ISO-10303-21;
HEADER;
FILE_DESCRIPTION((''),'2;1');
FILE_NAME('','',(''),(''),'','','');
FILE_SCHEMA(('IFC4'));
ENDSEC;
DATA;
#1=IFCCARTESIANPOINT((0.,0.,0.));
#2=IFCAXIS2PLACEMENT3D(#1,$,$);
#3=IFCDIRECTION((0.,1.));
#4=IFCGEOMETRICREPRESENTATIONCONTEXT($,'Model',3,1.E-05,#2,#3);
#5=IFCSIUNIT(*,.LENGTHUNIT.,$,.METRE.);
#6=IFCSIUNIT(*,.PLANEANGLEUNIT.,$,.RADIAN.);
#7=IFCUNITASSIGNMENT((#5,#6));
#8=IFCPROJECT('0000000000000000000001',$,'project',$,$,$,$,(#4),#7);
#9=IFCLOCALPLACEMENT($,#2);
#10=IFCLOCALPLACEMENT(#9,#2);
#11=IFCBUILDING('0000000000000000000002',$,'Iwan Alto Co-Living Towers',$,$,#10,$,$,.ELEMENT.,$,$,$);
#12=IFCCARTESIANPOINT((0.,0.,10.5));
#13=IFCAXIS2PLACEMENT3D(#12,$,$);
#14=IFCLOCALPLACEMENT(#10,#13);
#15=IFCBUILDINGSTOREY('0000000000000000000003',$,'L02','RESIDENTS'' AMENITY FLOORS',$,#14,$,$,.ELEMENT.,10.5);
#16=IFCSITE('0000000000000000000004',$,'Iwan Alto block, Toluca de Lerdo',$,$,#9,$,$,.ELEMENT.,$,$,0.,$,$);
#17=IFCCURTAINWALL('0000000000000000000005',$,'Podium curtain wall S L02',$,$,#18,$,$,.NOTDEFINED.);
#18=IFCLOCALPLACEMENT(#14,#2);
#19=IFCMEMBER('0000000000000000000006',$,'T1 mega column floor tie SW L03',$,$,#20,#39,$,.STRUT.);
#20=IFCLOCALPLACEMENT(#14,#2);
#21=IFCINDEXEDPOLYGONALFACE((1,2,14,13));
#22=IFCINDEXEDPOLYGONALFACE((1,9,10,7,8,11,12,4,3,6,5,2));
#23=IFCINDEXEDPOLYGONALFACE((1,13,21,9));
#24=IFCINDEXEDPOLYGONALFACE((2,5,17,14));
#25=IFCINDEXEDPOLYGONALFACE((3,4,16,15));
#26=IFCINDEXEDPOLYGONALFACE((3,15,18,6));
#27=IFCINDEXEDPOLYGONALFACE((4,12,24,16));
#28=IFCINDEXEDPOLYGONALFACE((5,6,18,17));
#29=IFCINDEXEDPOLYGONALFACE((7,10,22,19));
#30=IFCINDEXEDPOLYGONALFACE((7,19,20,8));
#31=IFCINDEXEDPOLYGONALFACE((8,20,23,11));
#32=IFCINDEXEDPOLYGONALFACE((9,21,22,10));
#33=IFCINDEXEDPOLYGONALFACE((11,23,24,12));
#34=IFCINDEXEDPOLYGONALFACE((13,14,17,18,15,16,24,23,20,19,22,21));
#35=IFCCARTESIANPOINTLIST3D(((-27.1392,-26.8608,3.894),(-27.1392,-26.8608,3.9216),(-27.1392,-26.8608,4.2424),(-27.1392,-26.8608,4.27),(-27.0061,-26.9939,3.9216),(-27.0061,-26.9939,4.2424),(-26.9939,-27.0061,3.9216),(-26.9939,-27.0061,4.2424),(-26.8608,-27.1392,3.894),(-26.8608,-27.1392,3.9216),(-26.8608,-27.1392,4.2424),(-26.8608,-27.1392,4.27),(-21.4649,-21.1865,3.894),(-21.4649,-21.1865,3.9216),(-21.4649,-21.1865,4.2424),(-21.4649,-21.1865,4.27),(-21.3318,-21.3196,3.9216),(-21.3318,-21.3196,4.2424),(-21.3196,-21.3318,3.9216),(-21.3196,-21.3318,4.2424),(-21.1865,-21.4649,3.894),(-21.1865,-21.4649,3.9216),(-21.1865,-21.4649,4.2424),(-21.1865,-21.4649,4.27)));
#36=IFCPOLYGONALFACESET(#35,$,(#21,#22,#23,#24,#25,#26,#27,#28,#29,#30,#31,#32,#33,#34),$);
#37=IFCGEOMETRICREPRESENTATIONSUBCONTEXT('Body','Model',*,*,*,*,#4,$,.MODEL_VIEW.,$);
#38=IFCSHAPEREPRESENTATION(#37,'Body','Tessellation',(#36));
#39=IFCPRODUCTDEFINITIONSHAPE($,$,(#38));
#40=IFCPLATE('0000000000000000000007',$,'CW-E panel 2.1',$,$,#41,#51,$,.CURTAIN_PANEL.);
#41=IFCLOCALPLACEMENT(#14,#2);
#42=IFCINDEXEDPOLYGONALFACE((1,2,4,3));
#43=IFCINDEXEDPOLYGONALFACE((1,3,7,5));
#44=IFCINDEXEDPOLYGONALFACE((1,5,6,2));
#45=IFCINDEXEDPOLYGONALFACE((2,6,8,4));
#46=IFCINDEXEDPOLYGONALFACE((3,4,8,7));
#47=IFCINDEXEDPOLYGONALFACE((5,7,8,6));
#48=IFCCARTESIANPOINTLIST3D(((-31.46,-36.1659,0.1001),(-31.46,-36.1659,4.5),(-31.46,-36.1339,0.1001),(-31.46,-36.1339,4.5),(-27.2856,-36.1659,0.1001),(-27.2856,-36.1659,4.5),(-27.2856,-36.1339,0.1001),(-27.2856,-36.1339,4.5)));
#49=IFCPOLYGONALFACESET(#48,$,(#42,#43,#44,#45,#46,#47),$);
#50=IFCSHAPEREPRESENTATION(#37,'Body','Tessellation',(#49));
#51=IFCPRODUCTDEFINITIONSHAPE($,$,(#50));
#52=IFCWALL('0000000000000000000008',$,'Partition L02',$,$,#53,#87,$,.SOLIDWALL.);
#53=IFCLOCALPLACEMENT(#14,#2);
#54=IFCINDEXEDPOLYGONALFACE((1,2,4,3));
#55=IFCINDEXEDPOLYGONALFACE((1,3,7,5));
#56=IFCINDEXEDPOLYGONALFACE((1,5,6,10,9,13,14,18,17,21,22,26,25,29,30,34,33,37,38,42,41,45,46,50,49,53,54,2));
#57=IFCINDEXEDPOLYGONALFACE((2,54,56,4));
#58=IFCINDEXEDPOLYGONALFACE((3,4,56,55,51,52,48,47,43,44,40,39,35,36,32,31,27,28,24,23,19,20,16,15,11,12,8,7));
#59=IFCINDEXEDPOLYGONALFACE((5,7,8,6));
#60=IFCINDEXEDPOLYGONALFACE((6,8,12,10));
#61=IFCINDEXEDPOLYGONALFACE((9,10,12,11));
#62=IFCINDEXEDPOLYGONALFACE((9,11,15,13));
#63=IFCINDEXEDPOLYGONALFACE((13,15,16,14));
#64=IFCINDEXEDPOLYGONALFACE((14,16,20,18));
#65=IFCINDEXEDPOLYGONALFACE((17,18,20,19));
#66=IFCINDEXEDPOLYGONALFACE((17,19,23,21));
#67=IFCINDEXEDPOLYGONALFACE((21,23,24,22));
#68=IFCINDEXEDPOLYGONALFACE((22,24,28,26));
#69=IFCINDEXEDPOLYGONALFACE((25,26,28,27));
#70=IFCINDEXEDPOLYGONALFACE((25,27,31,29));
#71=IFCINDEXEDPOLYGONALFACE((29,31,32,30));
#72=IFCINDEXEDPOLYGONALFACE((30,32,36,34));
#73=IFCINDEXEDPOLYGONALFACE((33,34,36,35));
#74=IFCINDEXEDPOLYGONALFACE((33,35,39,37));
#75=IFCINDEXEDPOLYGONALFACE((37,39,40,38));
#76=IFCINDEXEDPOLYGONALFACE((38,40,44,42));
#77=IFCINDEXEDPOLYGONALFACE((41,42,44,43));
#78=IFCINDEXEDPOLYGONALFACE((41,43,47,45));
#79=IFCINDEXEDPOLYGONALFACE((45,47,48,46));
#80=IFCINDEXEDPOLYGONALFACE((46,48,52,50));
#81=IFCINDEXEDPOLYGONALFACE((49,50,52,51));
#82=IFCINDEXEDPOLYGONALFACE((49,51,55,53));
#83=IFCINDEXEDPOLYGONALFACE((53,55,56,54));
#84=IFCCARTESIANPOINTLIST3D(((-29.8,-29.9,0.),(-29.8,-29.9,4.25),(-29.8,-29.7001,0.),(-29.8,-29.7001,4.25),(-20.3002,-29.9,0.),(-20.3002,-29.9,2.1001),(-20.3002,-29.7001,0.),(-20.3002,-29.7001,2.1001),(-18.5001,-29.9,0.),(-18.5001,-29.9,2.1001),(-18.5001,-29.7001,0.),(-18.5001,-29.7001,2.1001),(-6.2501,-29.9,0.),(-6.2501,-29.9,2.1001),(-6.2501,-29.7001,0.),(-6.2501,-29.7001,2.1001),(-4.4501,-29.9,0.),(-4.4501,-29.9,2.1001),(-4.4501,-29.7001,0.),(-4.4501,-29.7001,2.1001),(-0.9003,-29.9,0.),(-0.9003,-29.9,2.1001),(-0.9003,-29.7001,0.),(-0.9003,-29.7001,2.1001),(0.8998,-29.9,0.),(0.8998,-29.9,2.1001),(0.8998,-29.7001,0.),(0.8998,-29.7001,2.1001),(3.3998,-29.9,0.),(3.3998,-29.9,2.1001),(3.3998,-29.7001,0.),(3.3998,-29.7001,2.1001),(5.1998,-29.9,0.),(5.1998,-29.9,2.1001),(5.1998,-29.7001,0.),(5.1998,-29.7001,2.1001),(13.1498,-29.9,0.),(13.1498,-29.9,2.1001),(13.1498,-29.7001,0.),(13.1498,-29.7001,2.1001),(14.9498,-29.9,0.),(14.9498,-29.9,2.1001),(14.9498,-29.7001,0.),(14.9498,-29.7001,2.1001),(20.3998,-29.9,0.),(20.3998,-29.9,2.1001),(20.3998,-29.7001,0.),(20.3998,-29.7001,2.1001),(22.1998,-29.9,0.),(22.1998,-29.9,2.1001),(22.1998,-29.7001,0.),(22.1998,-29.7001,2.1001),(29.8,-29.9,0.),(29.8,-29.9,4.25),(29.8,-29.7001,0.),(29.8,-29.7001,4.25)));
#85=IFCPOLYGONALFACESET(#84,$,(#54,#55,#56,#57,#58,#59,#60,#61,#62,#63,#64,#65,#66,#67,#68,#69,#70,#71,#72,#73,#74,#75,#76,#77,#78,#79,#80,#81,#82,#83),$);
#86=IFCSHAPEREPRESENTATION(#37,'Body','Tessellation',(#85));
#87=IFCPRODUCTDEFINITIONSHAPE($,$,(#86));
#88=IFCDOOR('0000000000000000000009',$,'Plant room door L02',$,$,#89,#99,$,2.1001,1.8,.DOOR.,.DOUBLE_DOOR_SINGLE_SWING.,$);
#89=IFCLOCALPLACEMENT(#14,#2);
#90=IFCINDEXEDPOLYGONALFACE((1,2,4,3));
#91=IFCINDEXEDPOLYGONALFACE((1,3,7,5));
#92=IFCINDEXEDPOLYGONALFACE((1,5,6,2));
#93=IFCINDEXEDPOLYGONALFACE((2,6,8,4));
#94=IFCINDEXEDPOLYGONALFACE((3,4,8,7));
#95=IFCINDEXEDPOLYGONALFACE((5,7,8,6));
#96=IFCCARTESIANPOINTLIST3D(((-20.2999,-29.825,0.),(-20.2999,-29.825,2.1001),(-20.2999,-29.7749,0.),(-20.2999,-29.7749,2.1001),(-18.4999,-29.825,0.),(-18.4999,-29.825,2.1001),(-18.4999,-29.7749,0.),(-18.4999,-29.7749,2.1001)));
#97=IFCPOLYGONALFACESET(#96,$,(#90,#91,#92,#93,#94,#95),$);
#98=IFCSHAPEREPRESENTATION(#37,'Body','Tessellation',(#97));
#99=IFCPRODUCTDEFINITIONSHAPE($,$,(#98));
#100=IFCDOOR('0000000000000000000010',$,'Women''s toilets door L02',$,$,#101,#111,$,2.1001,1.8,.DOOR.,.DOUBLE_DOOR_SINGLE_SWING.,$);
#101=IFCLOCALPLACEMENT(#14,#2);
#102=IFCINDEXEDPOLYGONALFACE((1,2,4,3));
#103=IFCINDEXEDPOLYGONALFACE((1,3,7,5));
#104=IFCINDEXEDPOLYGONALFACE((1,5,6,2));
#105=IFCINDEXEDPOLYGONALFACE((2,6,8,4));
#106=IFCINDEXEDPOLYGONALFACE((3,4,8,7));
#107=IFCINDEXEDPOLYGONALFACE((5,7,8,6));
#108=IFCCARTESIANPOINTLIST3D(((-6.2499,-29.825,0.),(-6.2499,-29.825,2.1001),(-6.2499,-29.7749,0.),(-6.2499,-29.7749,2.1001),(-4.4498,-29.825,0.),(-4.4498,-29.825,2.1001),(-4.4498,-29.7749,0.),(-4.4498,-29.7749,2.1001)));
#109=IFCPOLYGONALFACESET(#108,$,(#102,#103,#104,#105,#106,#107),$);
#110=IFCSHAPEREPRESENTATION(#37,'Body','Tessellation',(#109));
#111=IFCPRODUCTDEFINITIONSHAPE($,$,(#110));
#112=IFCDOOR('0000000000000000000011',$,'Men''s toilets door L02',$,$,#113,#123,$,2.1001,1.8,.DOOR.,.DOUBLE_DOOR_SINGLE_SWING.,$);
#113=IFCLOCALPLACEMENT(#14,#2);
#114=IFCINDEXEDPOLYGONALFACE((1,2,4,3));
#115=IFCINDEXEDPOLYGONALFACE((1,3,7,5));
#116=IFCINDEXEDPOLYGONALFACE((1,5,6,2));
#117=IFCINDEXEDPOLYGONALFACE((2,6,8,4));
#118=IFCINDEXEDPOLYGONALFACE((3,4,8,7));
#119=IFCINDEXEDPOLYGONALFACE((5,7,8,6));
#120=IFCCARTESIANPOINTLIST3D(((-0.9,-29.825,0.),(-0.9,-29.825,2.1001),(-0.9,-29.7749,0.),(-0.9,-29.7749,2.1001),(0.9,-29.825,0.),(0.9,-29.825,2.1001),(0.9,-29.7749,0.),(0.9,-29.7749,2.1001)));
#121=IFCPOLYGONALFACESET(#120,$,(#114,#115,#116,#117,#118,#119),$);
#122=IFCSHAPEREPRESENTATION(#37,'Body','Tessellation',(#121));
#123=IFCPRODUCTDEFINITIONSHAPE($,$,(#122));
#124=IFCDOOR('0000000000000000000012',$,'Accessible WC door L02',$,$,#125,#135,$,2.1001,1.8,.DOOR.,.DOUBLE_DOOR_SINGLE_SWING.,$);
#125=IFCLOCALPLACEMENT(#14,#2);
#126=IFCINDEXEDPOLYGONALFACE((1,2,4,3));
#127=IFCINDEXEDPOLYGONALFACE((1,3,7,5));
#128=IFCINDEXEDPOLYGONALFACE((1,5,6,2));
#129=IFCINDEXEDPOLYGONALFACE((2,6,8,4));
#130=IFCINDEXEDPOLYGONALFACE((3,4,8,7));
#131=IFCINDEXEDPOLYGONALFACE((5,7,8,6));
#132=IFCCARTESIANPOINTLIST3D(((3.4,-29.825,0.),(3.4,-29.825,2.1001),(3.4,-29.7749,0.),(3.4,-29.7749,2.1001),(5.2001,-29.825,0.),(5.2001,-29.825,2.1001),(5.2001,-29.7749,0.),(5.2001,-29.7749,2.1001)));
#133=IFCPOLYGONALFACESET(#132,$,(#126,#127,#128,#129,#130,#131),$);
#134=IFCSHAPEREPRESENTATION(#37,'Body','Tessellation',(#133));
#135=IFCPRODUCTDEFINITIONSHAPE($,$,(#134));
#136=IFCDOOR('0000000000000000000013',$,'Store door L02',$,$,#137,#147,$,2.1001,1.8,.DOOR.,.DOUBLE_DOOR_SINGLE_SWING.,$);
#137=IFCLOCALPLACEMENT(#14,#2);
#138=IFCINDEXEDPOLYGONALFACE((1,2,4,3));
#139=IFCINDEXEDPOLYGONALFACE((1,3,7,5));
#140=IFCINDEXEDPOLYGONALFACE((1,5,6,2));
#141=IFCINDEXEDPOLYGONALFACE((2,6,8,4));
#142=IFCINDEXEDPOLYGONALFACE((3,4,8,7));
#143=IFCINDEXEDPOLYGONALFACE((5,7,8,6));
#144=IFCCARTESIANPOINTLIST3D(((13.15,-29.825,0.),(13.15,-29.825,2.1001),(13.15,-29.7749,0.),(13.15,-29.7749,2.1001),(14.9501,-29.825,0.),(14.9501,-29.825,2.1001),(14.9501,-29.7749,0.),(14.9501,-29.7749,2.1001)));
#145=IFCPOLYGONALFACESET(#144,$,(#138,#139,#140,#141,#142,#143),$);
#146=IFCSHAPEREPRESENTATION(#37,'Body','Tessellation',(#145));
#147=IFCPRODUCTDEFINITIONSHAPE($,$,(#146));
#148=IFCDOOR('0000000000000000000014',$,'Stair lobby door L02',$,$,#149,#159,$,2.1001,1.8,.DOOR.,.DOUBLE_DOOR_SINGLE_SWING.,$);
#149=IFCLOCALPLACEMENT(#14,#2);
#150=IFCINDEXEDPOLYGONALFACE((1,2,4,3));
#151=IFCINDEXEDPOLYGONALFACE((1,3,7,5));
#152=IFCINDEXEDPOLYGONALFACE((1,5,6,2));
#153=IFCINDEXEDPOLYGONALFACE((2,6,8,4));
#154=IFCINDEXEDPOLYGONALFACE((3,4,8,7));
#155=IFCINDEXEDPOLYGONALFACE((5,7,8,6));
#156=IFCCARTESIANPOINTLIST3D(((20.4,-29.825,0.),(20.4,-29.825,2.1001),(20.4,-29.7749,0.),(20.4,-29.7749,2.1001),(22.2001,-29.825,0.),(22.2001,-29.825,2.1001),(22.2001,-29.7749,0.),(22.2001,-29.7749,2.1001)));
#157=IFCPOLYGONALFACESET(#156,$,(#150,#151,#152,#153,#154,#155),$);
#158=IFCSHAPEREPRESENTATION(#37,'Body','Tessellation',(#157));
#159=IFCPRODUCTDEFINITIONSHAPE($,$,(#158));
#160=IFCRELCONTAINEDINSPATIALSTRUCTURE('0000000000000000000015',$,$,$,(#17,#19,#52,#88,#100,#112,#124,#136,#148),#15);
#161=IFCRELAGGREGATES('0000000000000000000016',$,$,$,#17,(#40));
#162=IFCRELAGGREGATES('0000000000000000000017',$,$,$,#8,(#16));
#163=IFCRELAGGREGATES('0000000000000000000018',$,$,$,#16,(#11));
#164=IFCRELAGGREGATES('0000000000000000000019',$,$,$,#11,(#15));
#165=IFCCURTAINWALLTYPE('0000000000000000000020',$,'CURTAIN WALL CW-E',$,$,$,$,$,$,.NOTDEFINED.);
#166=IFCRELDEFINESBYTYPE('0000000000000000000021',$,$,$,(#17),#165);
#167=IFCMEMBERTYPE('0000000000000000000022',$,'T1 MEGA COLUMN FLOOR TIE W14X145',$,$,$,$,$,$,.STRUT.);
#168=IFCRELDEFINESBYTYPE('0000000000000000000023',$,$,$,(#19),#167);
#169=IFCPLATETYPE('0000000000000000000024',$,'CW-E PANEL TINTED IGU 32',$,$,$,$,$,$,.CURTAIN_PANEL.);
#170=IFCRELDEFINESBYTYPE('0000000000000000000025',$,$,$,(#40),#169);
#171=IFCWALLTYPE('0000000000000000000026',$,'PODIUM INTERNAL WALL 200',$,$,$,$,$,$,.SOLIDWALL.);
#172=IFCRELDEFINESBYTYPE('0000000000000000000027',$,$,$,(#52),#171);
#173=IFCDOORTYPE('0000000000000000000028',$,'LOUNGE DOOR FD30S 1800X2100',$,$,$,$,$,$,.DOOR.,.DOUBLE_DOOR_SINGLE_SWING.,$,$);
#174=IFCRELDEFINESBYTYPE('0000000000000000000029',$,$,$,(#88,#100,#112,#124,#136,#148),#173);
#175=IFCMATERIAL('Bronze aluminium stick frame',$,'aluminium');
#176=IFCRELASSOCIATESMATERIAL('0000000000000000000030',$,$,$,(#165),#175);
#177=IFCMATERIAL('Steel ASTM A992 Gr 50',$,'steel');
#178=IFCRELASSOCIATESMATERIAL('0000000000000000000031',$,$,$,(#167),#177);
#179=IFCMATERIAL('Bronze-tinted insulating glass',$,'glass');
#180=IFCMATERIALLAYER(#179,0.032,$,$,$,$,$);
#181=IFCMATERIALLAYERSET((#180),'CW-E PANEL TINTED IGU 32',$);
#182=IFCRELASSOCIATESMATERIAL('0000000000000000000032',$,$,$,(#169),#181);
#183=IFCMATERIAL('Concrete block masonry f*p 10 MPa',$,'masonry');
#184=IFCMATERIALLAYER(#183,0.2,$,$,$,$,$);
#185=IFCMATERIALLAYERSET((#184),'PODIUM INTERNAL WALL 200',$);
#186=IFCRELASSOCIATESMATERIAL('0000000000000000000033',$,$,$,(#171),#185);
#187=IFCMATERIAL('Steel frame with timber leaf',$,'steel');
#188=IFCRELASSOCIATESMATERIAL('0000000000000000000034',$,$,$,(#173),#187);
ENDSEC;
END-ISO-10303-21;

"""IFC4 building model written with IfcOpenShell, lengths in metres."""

from ifc_helpers import new_model, si_unit, direction, frame, frame_2d, origin, origin_2d, place, context, subcontext, project, spatial, rectangle, i_section, extrude, material, layer, layer_set, material_profile, profile_set, type_object, element, fill, aggregate, save


model = new_model("IFC4")

# Units and contexts
model_context = context("Model", 3, precision=1e-05, world=origin(), true_north=direction((0.0, 1.0)))
body_context = subcontext(model_context, "Body", "Model", "MODEL_VIEW")
ifc_project = project(units=[si_unit("LENGTHUNIT", "METRE"), si_unit("PLANEANGLEUNIT", "RADIAN")], contexts=[model_context])

# Site, building, storey
site_placement = place(None, origin())
site = spatial("IfcSite", under=ifc_project, at=site_placement, Name="Iwan Alto block, Toluca de Lerdo", CompositionType="ELEMENT", RefElevation=0.0)
building_placement = place(site_placement, origin())
building = spatial("IfcBuilding", under=site, at=building_placement, Name="Iwan Alto Co-Living Towers", CompositionType="ELEMENT")
storey_placement = place(building_placement, frame((0.0, 0.0, 10.5)))
storey = spatial("IfcBuildingStorey", under=building, at=storey_placement, Name="L02", Description="RESIDENTS' AMENITY FLOORS", CompositionType="ELEMENT", Elevation=10.5)

# Curtain wall
ifc_material_1 = material(Name="Bronze aluminium stick frame", Category="aluminium")
curtain_wall_type = type_object("IfcCurtainWallType", Name="CURTAIN WALL CW-E", PredefinedType="NOTDEFINED", material=ifc_material_1)
curtain_wall_1_placement = place(storey_placement, origin())
curtain_wall_1 = element("IfcCurtainWall", 1, at=curtain_wall_1_placement, inside=storey, type_object=curtain_wall_type, Name="Podium curtain wall S L02", PredefinedType="NOTDEFINED")

# Member
ifc_material_2 = material(Name="Steel ASTM A992 Gr 50", Category="steel")
ifc_material_profile_1 = material_profile(ifc_material_2, i_section(OverallWidth=0.3938, OverallDepth=0.376, WebThickness=0.0173, FlangeThickness=0.0276, at=origin_2d()), Name="W14X145")
ifc_profile_set_1 = profile_set([ifc_material_profile_1], Name="Steel ASTM A992 Gr 50")
member_type_1 = type_object("IfcMemberType", Name="T1 MEGA COLUMN FLOOR TIE W14X145", PredefinedType="STRUT", material=ifc_profile_set_1)
member_1_placement = place(storey_placement, frame((-27.0, -27.0, 4.082), z_axis=(0.707107, 0.707107, 0.0), x_axis=(-0.707107, 0.707107, 0.0)))
element("IfcMember", 2, at=member_1_placement, inside=storey, type_object=member_type_1, Name="T1 mega column floor tie SW L03", PredefinedType="STRUT", context=body_context, shape_type="SweptSolid", body=[
    extrude(i_section(OverallWidth=0.3938, OverallDepth=0.376, WebThickness=0.0173, FlangeThickness=0.0276, at=origin_2d()), origin(), (0.0, 0.0, 1.0), 8.0247),
])

# Plate
ifc_material_3 = material(Name="Bronze-tinted insulating glass", Category="glass")
ifc_layer_1 = layer(ifc_material_3, 0.032)
ifc_layer_set_1 = layer_set([ifc_layer_1], Name="CW-E PANEL TINTED IGU 32")
plate_type = type_object("IfcPlateType", Name="CW-E PANEL TINTED IGU 32", PredefinedType="CURTAIN_PANEL", material=ifc_layer_set_1)
plate_placement = place(storey_placement, frame((-29.3728, -36.1499, 0.1001), z_axis=(0.0, 0.0, 1.0), x_axis=(1.0, 0.0, 0.0)))
plate = element("IfcPlate", 3, at=plate_placement, type_object=plate_type, Name="CW-E panel 2.1", PredefinedType="CURTAIN_PANEL", context=body_context, shape_type="SweptSolid", body=[
    extrude(rectangle(XDim=4.1743, YDim=0.032, at=origin_2d()), origin(), (0.0, 0.0, 1.0), 4.3999),
])
aggregate(curtain_wall_1, [plate])

# Wall, openings, doors
ifc_material_4 = material(Name="Concrete block masonry f*p 10 MPa", Category="masonry")
ifc_layer_2 = layer(ifc_material_4, 0.2)
ifc_layer_set_2 = layer_set([ifc_layer_2], Name="PODIUM INTERNAL WALL 200")
wall_type = type_object("IfcWallType", Name="PODIUM INTERNAL WALL 200", PredefinedType="SOLIDWALL", material=ifc_layer_set_2)
wall_1_placement = place(storey_placement, frame((-29.8, -29.8, 0.0), z_axis=(0.0, 0.0, 1.0), x_axis=(1.0, 0.0, 0.0)))
wall_1 = element("IfcWall", 4, at=wall_1_placement, inside=storey, type_object=wall_type, Name="Partition L02", PredefinedType="SOLIDWALL", context=body_context, shape_type="SweptSolid", body=[
    extrude(rectangle(XDim=59.6001, YDim=0.2, at=frame_2d((29.8, 0.0))), origin(), (0.0, 0.0, 1.0), 4.25),
])
opening_1_placement = place(wall_1_placement, frame((9.5, 0.0, 0.0)))
opening_1 = element("IfcOpeningElement", 5, at=opening_1_placement, cuts=wall_1, PredefinedType="OPENING", context=body_context, shape_type="SweptSolid", body=[
    extrude(rectangle(XDim=1.8, YDim=2.1001, at=frame_2d((0.8999, 1.05))), frame((0.0, 0.1099, 0.0), z_axis=(0.0, -1.0, 0.0), x_axis=(1.0, 0.0, 0.0)), (0.0, 0.0, 1.0), 0.22),
])
opening_2_placement = place(wall_1_placement, frame((23.55, 0.0, 0.0)))
opening_2 = element("IfcOpeningElement", 6, at=opening_2_placement, cuts=wall_1, PredefinedType="OPENING", context=body_context, shape_type="SweptSolid", body=[
    extrude(rectangle(XDim=1.8, YDim=2.1001, at=frame_2d((0.8999, 1.05))), frame((0.0, 0.1099, 0.0), z_axis=(0.0, -1.0, 0.0), x_axis=(1.0, 0.0, 0.0)), (0.0, 0.0, 1.0), 0.22),
])
opening_3_placement = place(wall_1_placement, frame((28.8999, 0.0, 0.0)))
opening_3 = element("IfcOpeningElement", 7, at=opening_3_placement, cuts=wall_1, PredefinedType="OPENING", context=body_context, shape_type="SweptSolid", body=[
    extrude(rectangle(XDim=1.8, YDim=2.1001, at=frame_2d((0.8999, 1.05))), frame((0.0, 0.1099, 0.0), z_axis=(0.0, -1.0, 0.0), x_axis=(1.0, 0.0, 0.0)), (0.0, 0.0, 1.0), 0.22),
])
opening_4_placement = place(wall_1_placement, frame((33.2, 0.0, 0.0)))
opening_4 = element("IfcOpeningElement", 8, at=opening_4_placement, cuts=wall_1, PredefinedType="OPENING", context=body_context, shape_type="SweptSolid", body=[
    extrude(rectangle(XDim=1.8, YDim=2.1001, at=frame_2d((0.8999, 1.05))), frame((0.0, 0.1099, 0.0), z_axis=(0.0, -1.0, 0.0), x_axis=(1.0, 0.0, 0.0)), (0.0, 0.0, 1.0), 0.22),
])
opening_5_placement = place(wall_1_placement, frame((42.95, 0.0, 0.0)))
opening_5 = element("IfcOpeningElement", 9, at=opening_5_placement, cuts=wall_1, PredefinedType="OPENING", context=body_context, shape_type="SweptSolid", body=[
    extrude(rectangle(XDim=1.8, YDim=2.1001, at=frame_2d((0.8999, 1.05))), frame((0.0, 0.1099, 0.0), z_axis=(0.0, -1.0, 0.0), x_axis=(1.0, 0.0, 0.0)), (0.0, 0.0, 1.0), 0.22),
])
opening_6_placement = place(wall_1_placement, frame((50.2, 0.0, 0.0)))
opening_6 = element("IfcOpeningElement", 10, at=opening_6_placement, cuts=wall_1, PredefinedType="OPENING", context=body_context, shape_type="SweptSolid", body=[
    extrude(rectangle(XDim=1.8, YDim=2.1001, at=frame_2d((0.8999, 1.05))), frame((0.0, 0.1099, 0.0), z_axis=(0.0, -1.0, 0.0), x_axis=(1.0, 0.0, 0.0)), (0.0, 0.0, 1.0), 0.22),
])
ifc_material_5 = material(Name="Steel frame with timber leaf", Category="steel")
door_type = type_object("IfcDoorType", Name="LOUNGE DOOR FD30S 1800X2100", OperationType="DOUBLE_DOOR_SINGLE_SWING", PredefinedType="DOOR", material=ifc_material_5)
door_1_placement = place(opening_1_placement, frame((1.8, 0.0, 0.0), z_axis=(0.0, 0.0, 1.0), x_axis=(-1.0, 0.0, 0.0)))
door_1 = element("IfcDoor", 11, at=door_1_placement, inside=storey, type_object=door_type, Name="Plant room door L02", OperationType="DOUBLE_DOOR_SINGLE_SWING", OverallHeight=2.1001, OverallWidth=1.8, PredefinedType="DOOR", context=body_context, shape_type="SweptSolid", body=[
    extrude(rectangle(XDim=1.8, YDim=2.1001, at=frame_2d((0.8999, 1.05))), frame((0.0, 0.0249, 0.0), z_axis=(0.0, -1.0, 0.0), x_axis=(1.0, 0.0, 0.0)), (0.0, 0.0, 1.0), 0.05),
])
fill(opening_1, door_1)
door_2_placement = place(opening_2_placement, frame((1.8, 0.0, 0.0), z_axis=(0.0, 0.0, 1.0), x_axis=(-1.0, 0.0, 0.0)))
door_2 = element("IfcDoor", 12, at=door_2_placement, inside=storey, type_object=door_type, Name="Women's toilets door L02", OperationType="DOUBLE_DOOR_SINGLE_SWING", OverallHeight=2.1001, OverallWidth=1.8, PredefinedType="DOOR", context=body_context, shape_type="SweptSolid", body=[
    extrude(rectangle(XDim=1.8, YDim=2.1001, at=frame_2d((0.8999, 1.05))), frame((0.0, 0.0249, 0.0), z_axis=(0.0, -1.0, 0.0), x_axis=(1.0, 0.0, 0.0)), (0.0, 0.0, 1.0), 0.05),
])
fill(opening_2, door_2)
door_3_placement = place(opening_3_placement, frame((1.8, 0.0, 0.0), z_axis=(0.0, 0.0, 1.0), x_axis=(-1.0, 0.0, 0.0)))
door_3 = element("IfcDoor", 13, at=door_3_placement, inside=storey, type_object=door_type, Name="Men's toilets door L02", OperationType="DOUBLE_DOOR_SINGLE_SWING", OverallHeight=2.1001, OverallWidth=1.8, PredefinedType="DOOR", context=body_context, shape_type="SweptSolid", body=[
    extrude(rectangle(XDim=1.8, YDim=2.1001, at=frame_2d((0.8999, 1.05))), frame((0.0, 0.0249, 0.0), z_axis=(0.0, -1.0, 0.0), x_axis=(1.0, 0.0, 0.0)), (0.0, 0.0, 1.0), 0.05),
])
fill(opening_3, door_3)
door_4_placement = place(opening_4_placement, frame((1.8, 0.0, 0.0), z_axis=(0.0, 0.0, 1.0), x_axis=(-1.0, 0.0, 0.0)))
door_4 = element("IfcDoor", 14, at=door_4_placement, inside=storey, type_object=door_type, Name="Accessible WC door L02", OperationType="DOUBLE_DOOR_SINGLE_SWING", OverallHeight=2.1001, OverallWidth=1.8, PredefinedType="DOOR", context=body_context, shape_type="SweptSolid", body=[
    extrude(rectangle(XDim=1.8, YDim=2.1001, at=frame_2d((0.8999, 1.05))), frame((0.0, 0.0249, 0.0), z_axis=(0.0, -1.0, 0.0), x_axis=(1.0, 0.0, 0.0)), (0.0, 0.0, 1.0), 0.05),
])
fill(opening_4, door_4)
door_5_placement = place(opening_5_placement, frame((1.8, 0.0, 0.0), z_axis=(0.0, 0.0, 1.0), x_axis=(-1.0, 0.0, 0.0)))
door_5 = element("IfcDoor", 15, at=door_5_placement, inside=storey, type_object=door_type, Name="Store door L02", OperationType="DOUBLE_DOOR_SINGLE_SWING", OverallHeight=2.1001, OverallWidth=1.8, PredefinedType="DOOR", context=body_context, shape_type="SweptSolid", body=[
    extrude(rectangle(XDim=1.8, YDim=2.1001, at=frame_2d((0.8999, 1.05))), frame((0.0, 0.0249, 0.0), z_axis=(0.0, -1.0, 0.0), x_axis=(1.0, 0.0, 0.0)), (0.0, 0.0, 1.0), 0.05),
])
fill(opening_5, door_5)
door_6_placement = place(opening_6_placement, frame((1.8, 0.0, 0.0), z_axis=(0.0, 0.0, 1.0), x_axis=(-1.0, 0.0, 0.0)))
door_6 = element("IfcDoor", 16, at=door_6_placement, inside=storey, type_object=door_type, Name="Stair lobby door L02", OperationType="DOUBLE_DOOR_SINGLE_SWING", OverallHeight=2.1001, OverallWidth=1.8, PredefinedType="DOOR", context=body_context, shape_type="SweptSolid", body=[
    extrude(rectangle(XDim=1.8, YDim=2.1001, at=frame_2d((0.8999, 1.05))), frame((0.0, 0.0249, 0.0), z_axis=(0.0, -1.0, 0.0), x_axis=(1.0, 0.0, 0.0)), (0.0, 0.0, 1.0), 0.05),
])
fill(opening_6, door_6)

save(model, "model.ifc")
